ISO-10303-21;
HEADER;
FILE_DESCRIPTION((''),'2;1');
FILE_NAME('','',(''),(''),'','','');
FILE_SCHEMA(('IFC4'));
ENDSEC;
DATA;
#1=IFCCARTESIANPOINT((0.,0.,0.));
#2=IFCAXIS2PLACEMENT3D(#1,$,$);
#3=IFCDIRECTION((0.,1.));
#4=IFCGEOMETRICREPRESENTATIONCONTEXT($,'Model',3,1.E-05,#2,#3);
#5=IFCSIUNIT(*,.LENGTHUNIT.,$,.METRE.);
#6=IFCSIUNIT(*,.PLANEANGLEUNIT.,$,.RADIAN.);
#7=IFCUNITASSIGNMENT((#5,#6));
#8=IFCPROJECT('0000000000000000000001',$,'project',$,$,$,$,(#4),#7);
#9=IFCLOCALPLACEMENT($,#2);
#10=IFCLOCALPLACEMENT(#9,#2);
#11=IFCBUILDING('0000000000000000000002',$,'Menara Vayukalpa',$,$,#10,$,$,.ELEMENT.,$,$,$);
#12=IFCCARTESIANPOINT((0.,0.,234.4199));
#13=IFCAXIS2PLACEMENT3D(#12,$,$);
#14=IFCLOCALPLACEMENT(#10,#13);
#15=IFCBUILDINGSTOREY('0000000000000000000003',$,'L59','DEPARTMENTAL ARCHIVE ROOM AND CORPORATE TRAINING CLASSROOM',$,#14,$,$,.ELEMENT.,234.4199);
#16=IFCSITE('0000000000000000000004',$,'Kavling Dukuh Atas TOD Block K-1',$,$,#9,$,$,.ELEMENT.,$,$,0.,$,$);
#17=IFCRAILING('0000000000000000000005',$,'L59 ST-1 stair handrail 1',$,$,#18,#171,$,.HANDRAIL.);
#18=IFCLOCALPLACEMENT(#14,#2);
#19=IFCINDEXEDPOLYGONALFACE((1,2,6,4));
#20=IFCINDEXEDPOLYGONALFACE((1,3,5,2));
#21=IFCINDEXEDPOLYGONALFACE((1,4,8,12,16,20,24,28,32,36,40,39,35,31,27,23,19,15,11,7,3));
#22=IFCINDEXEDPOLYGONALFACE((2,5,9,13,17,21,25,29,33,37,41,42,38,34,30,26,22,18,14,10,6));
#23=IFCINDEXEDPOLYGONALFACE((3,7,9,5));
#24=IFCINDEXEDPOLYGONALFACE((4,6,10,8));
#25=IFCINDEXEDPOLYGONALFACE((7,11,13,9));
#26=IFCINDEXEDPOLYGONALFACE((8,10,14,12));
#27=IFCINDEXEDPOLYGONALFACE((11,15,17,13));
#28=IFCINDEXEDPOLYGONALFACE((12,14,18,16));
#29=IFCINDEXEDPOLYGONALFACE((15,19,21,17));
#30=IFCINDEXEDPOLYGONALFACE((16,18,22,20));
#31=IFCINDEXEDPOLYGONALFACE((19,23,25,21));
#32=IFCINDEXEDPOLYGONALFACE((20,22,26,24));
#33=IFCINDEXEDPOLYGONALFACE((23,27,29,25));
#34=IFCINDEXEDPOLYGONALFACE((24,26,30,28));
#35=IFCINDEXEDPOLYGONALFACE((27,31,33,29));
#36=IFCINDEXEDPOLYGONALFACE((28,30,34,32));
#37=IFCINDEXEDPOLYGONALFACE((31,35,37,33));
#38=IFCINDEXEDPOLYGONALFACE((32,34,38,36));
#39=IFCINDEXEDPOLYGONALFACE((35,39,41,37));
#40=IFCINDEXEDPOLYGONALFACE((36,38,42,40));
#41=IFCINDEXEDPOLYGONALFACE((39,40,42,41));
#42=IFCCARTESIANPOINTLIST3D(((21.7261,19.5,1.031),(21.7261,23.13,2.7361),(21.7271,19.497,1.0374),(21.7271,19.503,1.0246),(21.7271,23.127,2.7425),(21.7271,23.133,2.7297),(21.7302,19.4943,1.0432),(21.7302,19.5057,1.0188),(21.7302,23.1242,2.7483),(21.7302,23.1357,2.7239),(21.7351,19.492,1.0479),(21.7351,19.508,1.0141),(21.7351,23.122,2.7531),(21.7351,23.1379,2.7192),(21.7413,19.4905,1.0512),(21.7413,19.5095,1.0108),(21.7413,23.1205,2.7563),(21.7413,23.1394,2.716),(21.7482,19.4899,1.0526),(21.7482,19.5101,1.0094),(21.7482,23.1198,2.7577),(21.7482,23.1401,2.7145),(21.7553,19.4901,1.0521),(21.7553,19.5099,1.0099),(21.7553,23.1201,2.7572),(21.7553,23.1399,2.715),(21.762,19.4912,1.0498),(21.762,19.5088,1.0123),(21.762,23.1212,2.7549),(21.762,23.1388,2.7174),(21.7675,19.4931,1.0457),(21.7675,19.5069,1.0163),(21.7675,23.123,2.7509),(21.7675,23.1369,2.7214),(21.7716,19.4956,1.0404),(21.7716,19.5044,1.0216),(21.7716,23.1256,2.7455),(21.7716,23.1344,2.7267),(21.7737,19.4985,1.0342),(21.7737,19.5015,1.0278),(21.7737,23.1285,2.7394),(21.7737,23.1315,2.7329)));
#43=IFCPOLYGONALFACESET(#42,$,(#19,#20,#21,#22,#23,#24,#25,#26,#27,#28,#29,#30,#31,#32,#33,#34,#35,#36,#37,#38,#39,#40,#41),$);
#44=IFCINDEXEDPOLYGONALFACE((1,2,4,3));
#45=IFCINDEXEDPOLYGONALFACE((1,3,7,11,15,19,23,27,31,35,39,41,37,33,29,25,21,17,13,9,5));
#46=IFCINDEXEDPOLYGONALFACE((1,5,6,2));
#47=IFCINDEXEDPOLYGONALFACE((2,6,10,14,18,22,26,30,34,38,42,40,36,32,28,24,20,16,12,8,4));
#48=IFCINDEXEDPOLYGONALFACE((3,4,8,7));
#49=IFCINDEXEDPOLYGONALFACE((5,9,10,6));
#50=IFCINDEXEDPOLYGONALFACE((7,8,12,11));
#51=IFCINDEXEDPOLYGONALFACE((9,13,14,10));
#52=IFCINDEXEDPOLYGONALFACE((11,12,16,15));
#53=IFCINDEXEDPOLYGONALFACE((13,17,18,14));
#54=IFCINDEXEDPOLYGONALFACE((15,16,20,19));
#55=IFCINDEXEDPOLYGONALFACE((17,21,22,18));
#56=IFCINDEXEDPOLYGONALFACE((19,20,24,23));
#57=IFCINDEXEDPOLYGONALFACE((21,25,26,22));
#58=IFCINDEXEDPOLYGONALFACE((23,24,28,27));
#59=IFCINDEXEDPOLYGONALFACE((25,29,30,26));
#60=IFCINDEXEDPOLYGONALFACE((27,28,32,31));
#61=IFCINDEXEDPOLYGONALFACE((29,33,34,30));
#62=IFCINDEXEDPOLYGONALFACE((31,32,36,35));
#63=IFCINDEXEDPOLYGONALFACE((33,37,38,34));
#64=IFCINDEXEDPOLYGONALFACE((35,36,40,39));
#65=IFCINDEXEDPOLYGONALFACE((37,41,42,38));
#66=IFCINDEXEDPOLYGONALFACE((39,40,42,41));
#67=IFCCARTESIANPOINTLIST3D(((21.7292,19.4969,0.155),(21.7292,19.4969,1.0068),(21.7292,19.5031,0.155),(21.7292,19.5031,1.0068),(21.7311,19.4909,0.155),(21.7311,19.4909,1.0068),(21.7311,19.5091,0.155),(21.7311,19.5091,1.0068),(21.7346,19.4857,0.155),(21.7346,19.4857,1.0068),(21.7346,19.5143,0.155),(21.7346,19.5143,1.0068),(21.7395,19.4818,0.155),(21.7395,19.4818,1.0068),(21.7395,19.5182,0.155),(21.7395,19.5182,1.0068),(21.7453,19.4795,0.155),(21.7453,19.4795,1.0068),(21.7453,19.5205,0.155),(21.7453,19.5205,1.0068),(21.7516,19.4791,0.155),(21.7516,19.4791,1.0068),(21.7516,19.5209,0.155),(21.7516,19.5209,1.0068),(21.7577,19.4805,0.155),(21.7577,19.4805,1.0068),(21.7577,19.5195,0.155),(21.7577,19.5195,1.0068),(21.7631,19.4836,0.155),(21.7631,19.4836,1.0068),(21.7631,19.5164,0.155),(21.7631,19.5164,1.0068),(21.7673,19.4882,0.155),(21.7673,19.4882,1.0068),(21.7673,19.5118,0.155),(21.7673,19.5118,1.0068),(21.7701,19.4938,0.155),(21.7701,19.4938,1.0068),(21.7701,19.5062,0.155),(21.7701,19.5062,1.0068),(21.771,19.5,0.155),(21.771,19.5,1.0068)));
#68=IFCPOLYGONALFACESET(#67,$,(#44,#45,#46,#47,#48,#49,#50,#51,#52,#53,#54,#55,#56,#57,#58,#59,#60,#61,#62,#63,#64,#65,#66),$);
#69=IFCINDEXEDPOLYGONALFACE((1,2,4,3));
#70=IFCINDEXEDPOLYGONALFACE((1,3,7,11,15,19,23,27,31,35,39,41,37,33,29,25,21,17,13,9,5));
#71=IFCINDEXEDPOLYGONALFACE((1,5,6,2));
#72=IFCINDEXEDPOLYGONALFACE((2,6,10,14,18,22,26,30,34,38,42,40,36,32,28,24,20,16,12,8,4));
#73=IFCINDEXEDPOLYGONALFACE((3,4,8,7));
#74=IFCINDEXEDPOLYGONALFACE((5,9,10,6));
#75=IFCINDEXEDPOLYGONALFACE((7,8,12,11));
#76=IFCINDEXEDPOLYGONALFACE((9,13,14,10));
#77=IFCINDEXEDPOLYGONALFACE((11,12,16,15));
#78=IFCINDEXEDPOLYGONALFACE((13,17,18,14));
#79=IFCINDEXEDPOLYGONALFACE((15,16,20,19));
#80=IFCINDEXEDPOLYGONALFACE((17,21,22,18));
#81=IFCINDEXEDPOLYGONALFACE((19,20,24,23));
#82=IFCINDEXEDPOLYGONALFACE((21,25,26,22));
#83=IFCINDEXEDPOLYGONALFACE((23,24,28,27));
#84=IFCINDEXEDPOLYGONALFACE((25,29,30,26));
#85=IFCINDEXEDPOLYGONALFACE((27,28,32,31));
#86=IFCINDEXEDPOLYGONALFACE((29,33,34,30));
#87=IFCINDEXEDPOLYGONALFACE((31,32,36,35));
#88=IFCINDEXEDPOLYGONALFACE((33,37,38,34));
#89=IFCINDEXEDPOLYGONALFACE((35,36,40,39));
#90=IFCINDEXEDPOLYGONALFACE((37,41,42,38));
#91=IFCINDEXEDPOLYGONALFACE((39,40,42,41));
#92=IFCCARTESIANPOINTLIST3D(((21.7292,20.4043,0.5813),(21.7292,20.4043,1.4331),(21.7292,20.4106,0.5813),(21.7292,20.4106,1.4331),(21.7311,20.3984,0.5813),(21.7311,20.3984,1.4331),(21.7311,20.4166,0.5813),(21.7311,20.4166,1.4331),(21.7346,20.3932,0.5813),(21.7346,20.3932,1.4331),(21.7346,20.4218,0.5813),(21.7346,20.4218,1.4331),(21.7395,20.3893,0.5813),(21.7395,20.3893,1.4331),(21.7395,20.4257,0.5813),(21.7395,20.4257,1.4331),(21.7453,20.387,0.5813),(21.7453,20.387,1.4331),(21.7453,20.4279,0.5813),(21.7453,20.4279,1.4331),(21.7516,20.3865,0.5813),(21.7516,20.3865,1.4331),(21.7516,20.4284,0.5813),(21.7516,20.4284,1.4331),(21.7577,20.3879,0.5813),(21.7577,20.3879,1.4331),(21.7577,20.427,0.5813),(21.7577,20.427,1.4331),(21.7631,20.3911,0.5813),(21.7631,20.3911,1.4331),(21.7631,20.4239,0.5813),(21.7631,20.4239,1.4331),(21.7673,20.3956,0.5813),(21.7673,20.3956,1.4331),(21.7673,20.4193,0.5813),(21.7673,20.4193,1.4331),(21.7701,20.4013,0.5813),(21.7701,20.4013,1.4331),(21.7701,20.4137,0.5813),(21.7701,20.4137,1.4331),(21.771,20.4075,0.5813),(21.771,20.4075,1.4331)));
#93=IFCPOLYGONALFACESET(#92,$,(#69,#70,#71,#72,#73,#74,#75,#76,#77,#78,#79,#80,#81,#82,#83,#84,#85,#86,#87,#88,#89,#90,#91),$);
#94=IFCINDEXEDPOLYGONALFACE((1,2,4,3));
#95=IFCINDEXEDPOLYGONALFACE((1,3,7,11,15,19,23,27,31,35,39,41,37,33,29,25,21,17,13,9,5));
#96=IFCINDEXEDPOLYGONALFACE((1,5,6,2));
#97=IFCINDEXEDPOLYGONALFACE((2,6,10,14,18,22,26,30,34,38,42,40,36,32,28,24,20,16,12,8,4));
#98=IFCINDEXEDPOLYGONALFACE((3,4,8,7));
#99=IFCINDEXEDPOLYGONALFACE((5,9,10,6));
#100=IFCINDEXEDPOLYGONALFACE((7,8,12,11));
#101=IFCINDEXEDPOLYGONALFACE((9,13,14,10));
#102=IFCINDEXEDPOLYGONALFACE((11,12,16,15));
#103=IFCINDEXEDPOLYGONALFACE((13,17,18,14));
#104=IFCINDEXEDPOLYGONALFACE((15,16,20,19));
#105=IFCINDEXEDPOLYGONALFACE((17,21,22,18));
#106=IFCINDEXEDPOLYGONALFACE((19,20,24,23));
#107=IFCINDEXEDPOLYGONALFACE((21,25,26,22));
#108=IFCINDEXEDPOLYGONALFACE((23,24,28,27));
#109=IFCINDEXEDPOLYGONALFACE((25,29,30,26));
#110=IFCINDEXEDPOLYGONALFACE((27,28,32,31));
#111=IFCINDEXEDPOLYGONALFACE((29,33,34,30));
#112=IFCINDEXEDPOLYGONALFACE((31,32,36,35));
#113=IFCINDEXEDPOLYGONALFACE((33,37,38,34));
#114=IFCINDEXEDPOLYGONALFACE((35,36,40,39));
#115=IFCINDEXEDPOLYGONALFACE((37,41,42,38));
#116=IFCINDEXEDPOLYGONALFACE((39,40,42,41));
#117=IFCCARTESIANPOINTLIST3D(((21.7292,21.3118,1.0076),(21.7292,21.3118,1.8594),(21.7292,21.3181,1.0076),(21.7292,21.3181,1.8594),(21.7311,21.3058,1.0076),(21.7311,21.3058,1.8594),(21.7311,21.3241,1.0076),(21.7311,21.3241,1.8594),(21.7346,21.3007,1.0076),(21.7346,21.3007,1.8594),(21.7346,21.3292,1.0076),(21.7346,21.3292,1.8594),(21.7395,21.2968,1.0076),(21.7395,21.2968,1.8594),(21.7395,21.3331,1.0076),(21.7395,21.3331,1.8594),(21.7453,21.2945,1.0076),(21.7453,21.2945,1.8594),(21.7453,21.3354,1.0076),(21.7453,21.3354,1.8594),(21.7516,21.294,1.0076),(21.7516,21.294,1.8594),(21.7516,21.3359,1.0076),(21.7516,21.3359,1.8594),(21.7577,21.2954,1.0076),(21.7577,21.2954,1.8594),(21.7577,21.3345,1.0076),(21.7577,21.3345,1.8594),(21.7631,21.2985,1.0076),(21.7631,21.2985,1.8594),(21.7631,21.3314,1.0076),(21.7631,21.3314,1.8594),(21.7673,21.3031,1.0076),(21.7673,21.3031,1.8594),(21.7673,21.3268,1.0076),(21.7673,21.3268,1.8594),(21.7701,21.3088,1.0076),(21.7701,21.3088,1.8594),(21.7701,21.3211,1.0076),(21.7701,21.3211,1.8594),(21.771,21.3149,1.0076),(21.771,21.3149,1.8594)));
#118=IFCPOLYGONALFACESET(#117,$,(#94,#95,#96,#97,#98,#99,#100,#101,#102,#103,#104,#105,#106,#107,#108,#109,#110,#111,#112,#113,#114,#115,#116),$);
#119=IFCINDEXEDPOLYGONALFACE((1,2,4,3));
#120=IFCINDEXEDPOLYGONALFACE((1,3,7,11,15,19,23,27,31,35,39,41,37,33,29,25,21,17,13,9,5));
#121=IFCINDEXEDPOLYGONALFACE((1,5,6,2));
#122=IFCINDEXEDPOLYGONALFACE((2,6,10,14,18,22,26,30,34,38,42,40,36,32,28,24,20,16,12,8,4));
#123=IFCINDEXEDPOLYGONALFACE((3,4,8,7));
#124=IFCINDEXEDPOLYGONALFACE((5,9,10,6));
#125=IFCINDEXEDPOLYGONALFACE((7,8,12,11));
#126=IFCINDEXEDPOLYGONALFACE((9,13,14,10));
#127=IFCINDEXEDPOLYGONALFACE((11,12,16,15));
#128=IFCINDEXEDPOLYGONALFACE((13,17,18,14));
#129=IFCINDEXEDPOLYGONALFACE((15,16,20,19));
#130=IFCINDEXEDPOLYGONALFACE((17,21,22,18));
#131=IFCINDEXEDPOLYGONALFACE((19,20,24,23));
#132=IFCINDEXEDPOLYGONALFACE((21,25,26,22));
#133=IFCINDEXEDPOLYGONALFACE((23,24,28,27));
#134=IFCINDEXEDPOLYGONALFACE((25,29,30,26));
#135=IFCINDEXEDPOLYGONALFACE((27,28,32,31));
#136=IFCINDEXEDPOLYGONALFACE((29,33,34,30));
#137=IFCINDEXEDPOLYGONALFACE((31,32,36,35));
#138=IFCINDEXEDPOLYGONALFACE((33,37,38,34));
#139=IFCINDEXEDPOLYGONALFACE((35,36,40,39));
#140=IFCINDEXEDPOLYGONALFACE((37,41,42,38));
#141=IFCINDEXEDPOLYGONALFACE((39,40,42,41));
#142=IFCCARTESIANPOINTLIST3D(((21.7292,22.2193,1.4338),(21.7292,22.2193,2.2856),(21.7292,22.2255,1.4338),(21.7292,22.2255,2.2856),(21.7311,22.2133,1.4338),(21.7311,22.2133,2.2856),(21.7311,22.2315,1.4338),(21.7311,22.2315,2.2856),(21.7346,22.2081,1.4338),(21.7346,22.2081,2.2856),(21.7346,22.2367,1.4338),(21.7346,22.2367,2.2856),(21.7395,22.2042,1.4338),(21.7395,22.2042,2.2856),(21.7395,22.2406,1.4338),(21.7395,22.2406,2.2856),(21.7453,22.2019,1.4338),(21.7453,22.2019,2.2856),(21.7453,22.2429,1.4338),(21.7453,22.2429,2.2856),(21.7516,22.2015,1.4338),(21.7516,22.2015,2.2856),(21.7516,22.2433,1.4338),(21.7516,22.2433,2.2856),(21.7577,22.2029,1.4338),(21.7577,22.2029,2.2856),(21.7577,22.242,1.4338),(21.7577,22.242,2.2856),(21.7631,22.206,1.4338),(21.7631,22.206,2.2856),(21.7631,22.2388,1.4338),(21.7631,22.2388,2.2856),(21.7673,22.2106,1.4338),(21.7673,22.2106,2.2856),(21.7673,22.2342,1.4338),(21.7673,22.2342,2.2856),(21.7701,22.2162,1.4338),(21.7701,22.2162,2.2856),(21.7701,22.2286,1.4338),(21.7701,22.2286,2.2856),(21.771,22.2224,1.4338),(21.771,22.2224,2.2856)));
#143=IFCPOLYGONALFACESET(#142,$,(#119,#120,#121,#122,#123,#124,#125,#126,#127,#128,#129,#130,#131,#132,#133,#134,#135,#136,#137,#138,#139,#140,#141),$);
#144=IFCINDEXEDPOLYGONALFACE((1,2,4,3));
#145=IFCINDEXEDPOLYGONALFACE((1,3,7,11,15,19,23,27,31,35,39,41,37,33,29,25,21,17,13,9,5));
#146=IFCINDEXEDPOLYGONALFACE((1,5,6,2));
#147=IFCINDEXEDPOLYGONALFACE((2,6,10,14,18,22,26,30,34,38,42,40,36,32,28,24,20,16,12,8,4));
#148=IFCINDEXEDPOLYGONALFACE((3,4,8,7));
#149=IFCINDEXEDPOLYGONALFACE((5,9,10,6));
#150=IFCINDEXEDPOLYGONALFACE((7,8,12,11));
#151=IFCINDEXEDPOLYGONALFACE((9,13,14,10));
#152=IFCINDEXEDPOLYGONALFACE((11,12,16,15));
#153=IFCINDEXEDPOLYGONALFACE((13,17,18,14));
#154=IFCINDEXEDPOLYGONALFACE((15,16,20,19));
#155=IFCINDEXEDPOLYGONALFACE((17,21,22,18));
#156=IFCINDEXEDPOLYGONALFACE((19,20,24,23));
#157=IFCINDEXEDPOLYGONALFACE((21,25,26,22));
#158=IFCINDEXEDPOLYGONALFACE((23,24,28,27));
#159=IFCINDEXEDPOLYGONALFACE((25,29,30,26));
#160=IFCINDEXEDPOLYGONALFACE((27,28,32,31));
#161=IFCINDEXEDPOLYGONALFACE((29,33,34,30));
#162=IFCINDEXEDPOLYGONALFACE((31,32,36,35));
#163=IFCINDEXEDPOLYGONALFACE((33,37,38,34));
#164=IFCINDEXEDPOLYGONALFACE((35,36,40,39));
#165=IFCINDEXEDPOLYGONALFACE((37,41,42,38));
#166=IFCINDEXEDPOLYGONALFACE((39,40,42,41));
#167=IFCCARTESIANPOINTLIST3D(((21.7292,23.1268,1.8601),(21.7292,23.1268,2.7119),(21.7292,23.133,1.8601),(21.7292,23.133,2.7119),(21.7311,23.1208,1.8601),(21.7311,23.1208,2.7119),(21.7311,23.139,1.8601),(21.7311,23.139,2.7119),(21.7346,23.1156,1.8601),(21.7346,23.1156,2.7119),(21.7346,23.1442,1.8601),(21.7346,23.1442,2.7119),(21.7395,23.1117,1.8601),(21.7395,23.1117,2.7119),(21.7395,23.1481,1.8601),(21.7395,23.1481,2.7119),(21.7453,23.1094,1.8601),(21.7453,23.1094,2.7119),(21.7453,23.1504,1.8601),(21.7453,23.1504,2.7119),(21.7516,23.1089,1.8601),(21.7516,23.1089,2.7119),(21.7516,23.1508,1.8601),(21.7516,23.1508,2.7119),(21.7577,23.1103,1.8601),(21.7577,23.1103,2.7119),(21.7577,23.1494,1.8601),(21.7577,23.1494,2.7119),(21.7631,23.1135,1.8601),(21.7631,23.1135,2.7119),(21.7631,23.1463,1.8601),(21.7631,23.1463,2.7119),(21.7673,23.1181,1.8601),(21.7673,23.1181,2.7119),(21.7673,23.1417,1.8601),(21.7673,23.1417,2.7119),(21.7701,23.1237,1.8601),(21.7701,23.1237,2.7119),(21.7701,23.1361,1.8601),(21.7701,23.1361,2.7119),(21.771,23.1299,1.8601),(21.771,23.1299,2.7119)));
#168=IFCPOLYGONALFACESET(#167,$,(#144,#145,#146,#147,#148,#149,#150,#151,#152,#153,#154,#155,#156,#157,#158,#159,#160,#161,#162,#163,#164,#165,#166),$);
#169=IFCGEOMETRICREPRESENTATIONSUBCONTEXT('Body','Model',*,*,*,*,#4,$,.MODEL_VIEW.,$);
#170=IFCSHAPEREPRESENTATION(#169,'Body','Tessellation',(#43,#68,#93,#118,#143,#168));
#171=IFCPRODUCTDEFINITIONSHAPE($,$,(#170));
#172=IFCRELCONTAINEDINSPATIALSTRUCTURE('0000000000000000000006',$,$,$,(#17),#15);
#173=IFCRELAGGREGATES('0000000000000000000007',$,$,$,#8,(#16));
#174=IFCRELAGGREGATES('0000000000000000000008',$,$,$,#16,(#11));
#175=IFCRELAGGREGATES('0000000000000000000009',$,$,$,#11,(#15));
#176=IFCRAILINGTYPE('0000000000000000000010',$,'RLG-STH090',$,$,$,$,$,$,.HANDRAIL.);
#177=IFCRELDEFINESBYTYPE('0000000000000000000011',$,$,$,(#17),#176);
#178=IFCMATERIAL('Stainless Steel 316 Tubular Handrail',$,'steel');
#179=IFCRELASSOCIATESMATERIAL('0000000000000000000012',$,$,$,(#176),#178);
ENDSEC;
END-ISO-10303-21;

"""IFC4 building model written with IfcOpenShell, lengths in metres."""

from ifc_helpers import new_model, si_unit, direction, frame, origin, origin_2d, place, context, subcontext, project, spatial, circle, extrude, material, type_object, element, save


model = new_model("IFC4")

# Units and contexts
model_context = context("Model", 3, precision=1e-05, world=origin(), true_north=direction((0.0, 1.0)))
body_context = subcontext(model_context, "Body", "Model", "MODEL_VIEW")
ifc_project = project(units=[si_unit("LENGTHUNIT", "METRE"), si_unit("PLANEANGLEUNIT", "RADIAN")], contexts=[model_context])

# Site, building, storey
site_placement = place(None, origin())
site = spatial("IfcSite", under=ifc_project, at=site_placement, Name="Kavling Dukuh Atas TOD Block K-1", CompositionType="ELEMENT", RefElevation=0.0)
building_placement = place(site_placement, origin())
building = spatial("IfcBuilding", under=site, at=building_placement, Name="Menara Vayukalpa", CompositionType="ELEMENT")
storey_placement = place(building_placement, frame((0.0, 0.0, 234.4199)))
storey = spatial("IfcBuildingStorey", under=building, at=storey_placement, Name="L59", Description="DEPARTMENTAL ARCHIVE ROOM AND CORPORATE TRAINING CLASSROOM", CompositionType="ELEMENT", Elevation=234.4199)

# Railing
ifc_material_1 = material(Name="Stainless Steel 316 Tubular Handrail", Category="steel")
railing_type_1 = type_object("IfcRailingType", Name="RLG-STH090", PredefinedType="HANDRAIL", material=ifc_material_1)
railing_1_placement = place(storey_placement, frame((21.75, 19.5, 0.155)))
element("IfcRailing", 1, at=railing_1_placement, inside=storey, type_object=railing_type_1, Name="L59 ST-1 stair handrail 1", PredefinedType="HANDRAIL", context=body_context, shape_type="SweptSolid", body=[
    extrude(circle(Radius=0.0239, at=origin_2d()), frame((0.0, 0.0, 0.876), z_axis=(0.0, 0.905116, 0.425164), x_axis=(-1.0, 0.0, 0.0)), (0.0, 0.0, 1.0), 4.0105),
    extrude(circle(Radius=0.021, at=origin_2d()), origin(), (0.0, 0.0, 1.0), 0.8518),
    extrude(circle(Radius=0.021, at=origin_2d()), frame((0.0, 0.9075, 0.4263)), (0.0, 0.0, 1.0), 0.8518),
    extrude(circle(Radius=0.021, at=origin_2d()), frame((0.0, 1.8149, 0.8525)), (0.0, 0.0, 1.0), 0.8518),
    extrude(circle(Radius=0.021, at=origin_2d()), frame((0.0, 2.7224, 1.2788)), (0.0, 0.0, 1.0), 0.8518),
    extrude(circle(Radius=0.021, at=origin_2d()), frame((0.0, 3.6299, 1.7051)), (0.0, 0.0, 1.0), 0.8518),
])

save(model, "model.ifc")
